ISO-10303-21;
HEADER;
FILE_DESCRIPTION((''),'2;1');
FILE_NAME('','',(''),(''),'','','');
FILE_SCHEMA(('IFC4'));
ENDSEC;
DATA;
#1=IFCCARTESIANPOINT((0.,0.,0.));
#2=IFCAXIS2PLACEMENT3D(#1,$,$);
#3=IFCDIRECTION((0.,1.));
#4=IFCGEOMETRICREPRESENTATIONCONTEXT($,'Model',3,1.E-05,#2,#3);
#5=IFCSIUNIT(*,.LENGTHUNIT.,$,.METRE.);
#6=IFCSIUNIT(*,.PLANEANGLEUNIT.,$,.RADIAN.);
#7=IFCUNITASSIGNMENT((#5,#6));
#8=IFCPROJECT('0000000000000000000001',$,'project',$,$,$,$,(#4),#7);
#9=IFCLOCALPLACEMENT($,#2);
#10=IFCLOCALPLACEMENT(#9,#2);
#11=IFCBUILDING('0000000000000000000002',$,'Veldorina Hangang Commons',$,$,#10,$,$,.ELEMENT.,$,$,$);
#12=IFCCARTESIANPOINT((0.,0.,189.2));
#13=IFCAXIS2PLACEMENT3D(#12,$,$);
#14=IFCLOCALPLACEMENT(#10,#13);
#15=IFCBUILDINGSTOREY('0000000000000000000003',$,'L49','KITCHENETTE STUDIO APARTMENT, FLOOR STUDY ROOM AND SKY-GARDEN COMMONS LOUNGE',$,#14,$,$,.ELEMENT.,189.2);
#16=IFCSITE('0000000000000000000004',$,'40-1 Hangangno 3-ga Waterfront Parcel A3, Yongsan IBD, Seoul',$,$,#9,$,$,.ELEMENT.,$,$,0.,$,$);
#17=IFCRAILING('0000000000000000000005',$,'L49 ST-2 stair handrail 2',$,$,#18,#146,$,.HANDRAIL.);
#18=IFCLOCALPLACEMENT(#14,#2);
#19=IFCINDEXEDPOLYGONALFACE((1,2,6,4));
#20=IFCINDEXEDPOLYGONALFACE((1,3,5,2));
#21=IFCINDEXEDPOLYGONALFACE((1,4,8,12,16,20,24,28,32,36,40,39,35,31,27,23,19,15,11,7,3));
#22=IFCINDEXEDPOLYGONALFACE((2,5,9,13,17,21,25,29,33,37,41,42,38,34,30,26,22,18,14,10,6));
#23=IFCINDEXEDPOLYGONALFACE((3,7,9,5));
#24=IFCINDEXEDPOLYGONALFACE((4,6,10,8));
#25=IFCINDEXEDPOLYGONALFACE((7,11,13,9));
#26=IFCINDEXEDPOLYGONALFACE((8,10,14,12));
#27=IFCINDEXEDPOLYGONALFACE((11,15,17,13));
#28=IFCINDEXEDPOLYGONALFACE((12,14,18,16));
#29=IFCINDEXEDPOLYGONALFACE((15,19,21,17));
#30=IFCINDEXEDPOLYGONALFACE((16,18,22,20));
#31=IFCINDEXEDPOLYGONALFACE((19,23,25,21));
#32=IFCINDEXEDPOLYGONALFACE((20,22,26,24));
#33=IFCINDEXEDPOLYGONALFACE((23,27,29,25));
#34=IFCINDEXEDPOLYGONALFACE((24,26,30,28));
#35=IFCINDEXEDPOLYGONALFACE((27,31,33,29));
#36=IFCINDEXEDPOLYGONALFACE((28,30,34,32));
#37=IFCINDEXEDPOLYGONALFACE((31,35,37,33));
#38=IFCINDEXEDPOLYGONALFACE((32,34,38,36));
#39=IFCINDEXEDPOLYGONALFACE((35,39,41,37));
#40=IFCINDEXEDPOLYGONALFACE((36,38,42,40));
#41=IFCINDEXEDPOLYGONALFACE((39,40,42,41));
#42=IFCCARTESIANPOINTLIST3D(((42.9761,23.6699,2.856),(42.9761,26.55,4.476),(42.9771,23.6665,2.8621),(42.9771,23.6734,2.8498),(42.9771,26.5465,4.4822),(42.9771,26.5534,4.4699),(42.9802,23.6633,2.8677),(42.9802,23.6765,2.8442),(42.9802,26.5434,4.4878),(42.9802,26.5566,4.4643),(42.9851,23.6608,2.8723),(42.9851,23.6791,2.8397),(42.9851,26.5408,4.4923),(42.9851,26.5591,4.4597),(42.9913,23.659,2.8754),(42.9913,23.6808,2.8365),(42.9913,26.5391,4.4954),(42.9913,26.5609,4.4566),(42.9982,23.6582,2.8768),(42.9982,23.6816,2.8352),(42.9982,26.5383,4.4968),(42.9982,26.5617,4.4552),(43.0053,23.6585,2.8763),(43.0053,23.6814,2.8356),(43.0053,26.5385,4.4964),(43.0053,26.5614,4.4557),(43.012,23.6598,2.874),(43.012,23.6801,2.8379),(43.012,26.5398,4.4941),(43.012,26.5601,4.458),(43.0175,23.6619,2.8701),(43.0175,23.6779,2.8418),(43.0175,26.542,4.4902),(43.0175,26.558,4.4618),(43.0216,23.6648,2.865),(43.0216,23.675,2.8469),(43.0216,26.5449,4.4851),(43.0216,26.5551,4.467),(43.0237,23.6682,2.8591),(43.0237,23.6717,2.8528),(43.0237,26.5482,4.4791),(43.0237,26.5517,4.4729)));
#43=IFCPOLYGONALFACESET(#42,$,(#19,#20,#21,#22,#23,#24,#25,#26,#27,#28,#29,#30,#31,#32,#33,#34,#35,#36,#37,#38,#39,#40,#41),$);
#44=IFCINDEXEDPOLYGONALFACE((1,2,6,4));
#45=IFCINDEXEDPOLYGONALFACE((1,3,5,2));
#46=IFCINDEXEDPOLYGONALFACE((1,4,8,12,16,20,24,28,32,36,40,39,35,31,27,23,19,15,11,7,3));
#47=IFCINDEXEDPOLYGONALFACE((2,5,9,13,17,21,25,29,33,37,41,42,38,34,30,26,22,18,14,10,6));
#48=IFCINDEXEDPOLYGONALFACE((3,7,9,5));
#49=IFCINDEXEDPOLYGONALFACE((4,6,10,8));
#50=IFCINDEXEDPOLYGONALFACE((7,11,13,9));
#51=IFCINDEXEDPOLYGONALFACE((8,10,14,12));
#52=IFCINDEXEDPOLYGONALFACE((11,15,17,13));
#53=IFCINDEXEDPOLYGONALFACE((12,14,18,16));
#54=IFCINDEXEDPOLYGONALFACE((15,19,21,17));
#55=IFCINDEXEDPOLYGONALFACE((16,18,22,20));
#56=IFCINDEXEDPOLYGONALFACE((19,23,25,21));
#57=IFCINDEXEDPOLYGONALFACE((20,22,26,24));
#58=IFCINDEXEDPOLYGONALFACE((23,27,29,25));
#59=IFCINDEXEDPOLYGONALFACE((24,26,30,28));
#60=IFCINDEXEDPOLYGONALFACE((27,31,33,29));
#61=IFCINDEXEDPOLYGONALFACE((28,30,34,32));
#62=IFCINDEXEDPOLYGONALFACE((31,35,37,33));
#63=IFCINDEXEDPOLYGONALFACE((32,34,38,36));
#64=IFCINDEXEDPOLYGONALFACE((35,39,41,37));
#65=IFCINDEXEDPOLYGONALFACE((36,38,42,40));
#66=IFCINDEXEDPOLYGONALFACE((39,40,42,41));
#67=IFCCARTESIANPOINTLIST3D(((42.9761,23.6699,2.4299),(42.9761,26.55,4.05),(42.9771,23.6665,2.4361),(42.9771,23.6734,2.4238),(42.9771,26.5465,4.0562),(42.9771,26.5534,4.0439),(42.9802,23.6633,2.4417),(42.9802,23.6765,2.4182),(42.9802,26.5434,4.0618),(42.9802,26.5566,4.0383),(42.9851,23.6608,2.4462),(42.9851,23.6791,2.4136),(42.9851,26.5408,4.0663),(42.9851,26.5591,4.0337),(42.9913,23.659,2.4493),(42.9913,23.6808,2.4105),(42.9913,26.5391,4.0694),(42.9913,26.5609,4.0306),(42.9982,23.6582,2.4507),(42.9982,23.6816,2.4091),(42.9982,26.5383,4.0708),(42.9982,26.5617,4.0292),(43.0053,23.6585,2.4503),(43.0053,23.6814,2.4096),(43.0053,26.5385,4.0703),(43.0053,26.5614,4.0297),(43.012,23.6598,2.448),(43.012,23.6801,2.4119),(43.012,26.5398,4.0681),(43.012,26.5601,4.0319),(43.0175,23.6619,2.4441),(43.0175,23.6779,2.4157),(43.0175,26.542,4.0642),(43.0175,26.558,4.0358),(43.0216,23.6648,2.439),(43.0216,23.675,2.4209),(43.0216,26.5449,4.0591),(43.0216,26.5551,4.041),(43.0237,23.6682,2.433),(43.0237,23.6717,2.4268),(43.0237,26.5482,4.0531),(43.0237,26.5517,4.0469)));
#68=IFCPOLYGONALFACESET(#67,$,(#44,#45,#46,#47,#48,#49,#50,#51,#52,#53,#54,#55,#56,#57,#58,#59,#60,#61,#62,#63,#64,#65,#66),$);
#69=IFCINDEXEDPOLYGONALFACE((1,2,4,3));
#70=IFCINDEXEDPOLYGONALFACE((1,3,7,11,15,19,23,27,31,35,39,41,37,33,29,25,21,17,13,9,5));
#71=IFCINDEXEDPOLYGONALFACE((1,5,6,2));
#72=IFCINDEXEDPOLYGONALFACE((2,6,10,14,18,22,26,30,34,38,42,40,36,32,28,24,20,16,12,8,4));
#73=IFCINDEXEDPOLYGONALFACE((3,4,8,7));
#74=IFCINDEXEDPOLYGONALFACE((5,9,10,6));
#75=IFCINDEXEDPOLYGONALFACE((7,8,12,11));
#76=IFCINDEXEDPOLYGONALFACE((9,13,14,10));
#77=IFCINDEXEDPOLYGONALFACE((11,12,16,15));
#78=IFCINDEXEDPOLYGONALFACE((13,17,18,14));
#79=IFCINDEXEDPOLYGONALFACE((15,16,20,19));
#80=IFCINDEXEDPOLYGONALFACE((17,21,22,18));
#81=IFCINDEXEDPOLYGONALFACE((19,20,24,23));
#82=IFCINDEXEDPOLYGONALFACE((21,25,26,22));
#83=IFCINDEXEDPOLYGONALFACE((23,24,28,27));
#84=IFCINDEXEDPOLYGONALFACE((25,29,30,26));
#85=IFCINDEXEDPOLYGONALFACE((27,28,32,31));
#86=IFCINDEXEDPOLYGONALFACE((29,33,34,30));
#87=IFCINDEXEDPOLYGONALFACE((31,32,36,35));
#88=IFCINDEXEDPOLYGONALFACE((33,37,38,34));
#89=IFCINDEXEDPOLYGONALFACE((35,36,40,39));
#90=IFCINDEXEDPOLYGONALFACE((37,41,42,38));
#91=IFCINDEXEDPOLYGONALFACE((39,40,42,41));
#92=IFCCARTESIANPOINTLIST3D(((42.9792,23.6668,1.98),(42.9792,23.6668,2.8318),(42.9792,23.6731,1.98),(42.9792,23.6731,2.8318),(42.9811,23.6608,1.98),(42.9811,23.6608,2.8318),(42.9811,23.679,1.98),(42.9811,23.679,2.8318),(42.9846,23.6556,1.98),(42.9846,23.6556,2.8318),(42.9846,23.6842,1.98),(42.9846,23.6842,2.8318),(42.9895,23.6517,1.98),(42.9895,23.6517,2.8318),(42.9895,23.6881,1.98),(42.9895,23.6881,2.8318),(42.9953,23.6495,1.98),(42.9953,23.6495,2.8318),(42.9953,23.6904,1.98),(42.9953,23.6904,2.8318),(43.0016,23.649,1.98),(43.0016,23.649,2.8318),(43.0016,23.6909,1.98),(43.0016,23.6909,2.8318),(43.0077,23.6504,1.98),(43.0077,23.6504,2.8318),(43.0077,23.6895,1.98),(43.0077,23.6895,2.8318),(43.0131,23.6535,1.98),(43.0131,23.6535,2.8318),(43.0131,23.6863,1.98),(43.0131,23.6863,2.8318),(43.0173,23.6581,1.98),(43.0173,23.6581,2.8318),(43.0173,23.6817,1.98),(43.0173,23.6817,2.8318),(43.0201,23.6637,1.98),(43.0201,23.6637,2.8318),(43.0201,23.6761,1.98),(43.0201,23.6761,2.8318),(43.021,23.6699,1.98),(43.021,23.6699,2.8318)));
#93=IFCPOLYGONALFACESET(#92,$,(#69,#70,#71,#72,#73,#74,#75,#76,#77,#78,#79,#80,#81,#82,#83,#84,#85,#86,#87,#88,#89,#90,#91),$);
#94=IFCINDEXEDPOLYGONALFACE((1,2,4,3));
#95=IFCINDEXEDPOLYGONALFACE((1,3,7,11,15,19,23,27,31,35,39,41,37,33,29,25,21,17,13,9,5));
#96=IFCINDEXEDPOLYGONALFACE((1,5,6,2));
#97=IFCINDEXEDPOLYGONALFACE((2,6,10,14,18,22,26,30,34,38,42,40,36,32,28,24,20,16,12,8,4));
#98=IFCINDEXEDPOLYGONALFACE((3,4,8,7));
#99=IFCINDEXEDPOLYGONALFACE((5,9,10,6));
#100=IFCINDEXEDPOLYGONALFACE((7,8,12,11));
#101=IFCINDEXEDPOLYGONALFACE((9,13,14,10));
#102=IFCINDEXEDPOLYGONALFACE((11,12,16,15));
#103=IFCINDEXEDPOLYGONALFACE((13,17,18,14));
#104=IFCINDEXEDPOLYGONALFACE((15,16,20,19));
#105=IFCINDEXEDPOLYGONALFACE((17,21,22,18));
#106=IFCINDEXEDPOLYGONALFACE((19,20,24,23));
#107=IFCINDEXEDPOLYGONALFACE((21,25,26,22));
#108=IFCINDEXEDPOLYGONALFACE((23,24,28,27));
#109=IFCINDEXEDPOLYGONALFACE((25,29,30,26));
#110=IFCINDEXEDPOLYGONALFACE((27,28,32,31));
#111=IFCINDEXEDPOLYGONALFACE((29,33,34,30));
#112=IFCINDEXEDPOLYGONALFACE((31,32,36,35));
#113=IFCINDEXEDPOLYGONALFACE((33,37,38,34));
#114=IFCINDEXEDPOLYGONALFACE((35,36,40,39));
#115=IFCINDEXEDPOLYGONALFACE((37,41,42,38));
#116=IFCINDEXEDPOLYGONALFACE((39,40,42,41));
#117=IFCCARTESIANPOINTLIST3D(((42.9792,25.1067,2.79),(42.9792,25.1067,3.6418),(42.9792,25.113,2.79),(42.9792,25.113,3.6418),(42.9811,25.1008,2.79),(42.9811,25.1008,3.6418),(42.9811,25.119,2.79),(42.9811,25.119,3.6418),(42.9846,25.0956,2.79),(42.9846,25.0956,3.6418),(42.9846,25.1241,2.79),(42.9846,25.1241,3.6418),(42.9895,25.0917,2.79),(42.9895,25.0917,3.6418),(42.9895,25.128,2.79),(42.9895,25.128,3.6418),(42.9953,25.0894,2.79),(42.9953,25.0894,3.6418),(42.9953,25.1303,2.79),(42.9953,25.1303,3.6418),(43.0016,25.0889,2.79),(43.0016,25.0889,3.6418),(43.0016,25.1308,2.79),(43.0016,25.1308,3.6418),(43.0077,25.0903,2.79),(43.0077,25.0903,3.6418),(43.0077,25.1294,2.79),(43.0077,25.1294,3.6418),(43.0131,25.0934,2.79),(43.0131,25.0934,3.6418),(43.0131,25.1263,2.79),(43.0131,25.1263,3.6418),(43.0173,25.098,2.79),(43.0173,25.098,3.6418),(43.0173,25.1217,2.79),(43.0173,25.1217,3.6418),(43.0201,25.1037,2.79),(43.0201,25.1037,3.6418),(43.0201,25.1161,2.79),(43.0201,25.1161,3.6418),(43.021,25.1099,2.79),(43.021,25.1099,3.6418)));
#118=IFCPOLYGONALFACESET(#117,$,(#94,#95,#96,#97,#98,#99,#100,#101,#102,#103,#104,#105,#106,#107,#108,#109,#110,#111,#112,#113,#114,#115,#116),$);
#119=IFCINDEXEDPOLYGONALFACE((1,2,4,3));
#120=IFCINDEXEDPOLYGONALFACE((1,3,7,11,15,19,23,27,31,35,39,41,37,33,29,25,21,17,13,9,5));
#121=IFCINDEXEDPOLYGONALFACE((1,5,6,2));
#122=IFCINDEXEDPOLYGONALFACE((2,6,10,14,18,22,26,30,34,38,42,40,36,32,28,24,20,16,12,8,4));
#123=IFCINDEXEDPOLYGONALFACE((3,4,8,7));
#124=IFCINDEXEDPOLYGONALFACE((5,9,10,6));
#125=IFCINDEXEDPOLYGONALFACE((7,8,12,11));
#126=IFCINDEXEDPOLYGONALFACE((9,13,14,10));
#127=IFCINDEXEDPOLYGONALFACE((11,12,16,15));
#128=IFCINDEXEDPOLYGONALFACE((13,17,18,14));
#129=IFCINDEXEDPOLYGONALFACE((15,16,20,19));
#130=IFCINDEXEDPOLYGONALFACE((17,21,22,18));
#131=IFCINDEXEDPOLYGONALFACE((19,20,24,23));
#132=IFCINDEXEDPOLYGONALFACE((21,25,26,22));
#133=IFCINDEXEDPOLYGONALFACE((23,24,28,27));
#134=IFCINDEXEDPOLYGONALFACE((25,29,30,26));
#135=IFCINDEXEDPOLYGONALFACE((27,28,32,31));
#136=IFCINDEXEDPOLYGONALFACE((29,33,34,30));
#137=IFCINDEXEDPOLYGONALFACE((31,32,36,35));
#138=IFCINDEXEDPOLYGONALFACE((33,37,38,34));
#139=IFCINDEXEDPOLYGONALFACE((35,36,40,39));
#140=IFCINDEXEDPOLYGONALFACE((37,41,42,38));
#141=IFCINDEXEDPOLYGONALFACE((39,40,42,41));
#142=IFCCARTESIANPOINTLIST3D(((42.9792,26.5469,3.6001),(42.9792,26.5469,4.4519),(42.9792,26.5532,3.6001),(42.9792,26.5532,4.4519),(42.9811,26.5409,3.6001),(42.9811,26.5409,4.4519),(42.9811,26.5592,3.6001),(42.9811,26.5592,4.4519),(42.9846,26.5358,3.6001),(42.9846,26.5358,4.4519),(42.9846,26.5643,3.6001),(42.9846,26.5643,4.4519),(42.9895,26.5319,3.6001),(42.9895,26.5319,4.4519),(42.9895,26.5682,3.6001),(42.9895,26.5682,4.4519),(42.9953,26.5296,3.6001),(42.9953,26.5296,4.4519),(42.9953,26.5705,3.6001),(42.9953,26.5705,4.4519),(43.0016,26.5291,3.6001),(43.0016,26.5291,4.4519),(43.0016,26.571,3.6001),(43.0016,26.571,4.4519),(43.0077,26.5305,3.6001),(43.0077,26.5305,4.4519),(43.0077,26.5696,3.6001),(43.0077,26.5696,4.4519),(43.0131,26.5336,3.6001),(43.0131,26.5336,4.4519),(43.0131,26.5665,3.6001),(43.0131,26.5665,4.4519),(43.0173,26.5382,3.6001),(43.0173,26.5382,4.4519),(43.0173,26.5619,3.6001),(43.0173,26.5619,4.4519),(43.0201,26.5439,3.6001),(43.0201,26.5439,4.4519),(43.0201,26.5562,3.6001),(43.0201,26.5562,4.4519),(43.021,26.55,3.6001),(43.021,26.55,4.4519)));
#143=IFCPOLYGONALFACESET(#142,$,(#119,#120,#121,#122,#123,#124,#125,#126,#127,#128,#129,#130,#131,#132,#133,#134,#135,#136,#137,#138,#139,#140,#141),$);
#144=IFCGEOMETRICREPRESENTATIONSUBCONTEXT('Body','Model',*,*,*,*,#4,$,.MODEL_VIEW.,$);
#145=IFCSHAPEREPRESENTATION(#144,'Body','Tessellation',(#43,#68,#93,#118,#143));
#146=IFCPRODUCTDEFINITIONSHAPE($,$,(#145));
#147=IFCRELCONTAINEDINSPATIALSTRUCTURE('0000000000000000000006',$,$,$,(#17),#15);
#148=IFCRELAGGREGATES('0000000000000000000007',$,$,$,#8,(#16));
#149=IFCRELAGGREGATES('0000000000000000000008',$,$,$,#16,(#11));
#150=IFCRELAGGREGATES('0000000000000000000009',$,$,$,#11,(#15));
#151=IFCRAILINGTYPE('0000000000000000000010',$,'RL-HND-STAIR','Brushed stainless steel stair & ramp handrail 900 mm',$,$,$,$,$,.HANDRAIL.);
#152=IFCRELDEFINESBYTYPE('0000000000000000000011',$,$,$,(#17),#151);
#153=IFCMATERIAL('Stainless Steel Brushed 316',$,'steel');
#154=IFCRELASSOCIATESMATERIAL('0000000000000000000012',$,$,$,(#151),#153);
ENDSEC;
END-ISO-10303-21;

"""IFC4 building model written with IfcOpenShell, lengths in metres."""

from ifc_helpers import new_model, si_unit, direction, frame, origin, origin_2d, place, context, subcontext, project, spatial, circle, extrude, material, type_object, element, save


model = new_model("IFC4")

# Units and contexts
model_context = context("Model", 3, precision=1e-05, world=origin(), true_north=direction((0.0, 1.0)))
body_context = subcontext(model_context, "Body", "Model", "MODEL_VIEW")
ifc_project = project(units=[si_unit("LENGTHUNIT", "METRE"), si_unit("PLANEANGLEUNIT", "RADIAN")], contexts=[model_context])

# Site, building, storey
site_placement = place(None, origin())
site = spatial("IfcSite", under=ifc_project, at=site_placement, Name="40-1 Hangangno 3-ga Waterfront Parcel A3, Yongsan IBD, Seoul", CompositionType="ELEMENT", RefElevation=0.0)
building_placement = place(site_placement, origin())
building = spatial("IfcBuilding", under=site, at=building_placement, Name="Veldorina Hangang Commons", CompositionType="ELEMENT")
storey_placement = place(building_placement, frame((0.0, 0.0, 189.2)))
storey = spatial("IfcBuildingStorey", under=building, at=storey_placement, Name="L49", Description="KITCHENETTE STUDIO APARTMENT, FLOOR STUDY ROOM AND SKY-GARDEN COMMONS LOUNGE", CompositionType="ELEMENT", Elevation=189.2)

# Railing
ifc_material_1 = material(Name="Stainless Steel Brushed 316", Category="steel")
railing_type_1 = type_object("IfcRailingType", Name="RL-HND-STAIR", Description="Brushed stainless steel stair & ramp handrail 900 mm", PredefinedType="HANDRAIL", material=ifc_material_1)
railing_1_placement = place(storey_placement, frame((43.0, 23.6699, 1.98)))
element("IfcRailing", 1, at=railing_1_placement, inside=storey, type_object=railing_type_1, Name="L49 ST-2 stair handrail 2", PredefinedType="HANDRAIL", context=body_context, shape_type="SweptSolid", body=[
    extrude(circle(Radius=0.0239, at=origin_2d()), frame((0.0, 0.0, 0.876), z_axis=(0.0, 0.87157, 0.490272), x_axis=(-1.0, 0.0, 0.0)), (0.0, 0.0, 1.0), 3.3044),
    extrude(circle(Radius=0.0239, at=origin_2d()), frame((0.0, 0.0, 0.45), z_axis=(0.0, 0.87157, 0.490272), x_axis=(-1.0, 0.0, 0.0)), (0.0, 0.0, 1.0), 3.3044),
    extrude(circle(Radius=0.021, at=origin_2d()), origin(), (0.0, 0.0, 1.0), 0.8518),
    extrude(circle(Radius=0.021, at=origin_2d()), frame((0.0, 1.4399, 0.8101)), (0.0, 0.0, 1.0), 0.8518),
    extrude(circle(Radius=0.021, at=origin_2d()), frame((0.0, 2.8801, 1.6201)), (0.0, 0.0, 1.0), 0.8518),
])

save(model, "model.ifc")
